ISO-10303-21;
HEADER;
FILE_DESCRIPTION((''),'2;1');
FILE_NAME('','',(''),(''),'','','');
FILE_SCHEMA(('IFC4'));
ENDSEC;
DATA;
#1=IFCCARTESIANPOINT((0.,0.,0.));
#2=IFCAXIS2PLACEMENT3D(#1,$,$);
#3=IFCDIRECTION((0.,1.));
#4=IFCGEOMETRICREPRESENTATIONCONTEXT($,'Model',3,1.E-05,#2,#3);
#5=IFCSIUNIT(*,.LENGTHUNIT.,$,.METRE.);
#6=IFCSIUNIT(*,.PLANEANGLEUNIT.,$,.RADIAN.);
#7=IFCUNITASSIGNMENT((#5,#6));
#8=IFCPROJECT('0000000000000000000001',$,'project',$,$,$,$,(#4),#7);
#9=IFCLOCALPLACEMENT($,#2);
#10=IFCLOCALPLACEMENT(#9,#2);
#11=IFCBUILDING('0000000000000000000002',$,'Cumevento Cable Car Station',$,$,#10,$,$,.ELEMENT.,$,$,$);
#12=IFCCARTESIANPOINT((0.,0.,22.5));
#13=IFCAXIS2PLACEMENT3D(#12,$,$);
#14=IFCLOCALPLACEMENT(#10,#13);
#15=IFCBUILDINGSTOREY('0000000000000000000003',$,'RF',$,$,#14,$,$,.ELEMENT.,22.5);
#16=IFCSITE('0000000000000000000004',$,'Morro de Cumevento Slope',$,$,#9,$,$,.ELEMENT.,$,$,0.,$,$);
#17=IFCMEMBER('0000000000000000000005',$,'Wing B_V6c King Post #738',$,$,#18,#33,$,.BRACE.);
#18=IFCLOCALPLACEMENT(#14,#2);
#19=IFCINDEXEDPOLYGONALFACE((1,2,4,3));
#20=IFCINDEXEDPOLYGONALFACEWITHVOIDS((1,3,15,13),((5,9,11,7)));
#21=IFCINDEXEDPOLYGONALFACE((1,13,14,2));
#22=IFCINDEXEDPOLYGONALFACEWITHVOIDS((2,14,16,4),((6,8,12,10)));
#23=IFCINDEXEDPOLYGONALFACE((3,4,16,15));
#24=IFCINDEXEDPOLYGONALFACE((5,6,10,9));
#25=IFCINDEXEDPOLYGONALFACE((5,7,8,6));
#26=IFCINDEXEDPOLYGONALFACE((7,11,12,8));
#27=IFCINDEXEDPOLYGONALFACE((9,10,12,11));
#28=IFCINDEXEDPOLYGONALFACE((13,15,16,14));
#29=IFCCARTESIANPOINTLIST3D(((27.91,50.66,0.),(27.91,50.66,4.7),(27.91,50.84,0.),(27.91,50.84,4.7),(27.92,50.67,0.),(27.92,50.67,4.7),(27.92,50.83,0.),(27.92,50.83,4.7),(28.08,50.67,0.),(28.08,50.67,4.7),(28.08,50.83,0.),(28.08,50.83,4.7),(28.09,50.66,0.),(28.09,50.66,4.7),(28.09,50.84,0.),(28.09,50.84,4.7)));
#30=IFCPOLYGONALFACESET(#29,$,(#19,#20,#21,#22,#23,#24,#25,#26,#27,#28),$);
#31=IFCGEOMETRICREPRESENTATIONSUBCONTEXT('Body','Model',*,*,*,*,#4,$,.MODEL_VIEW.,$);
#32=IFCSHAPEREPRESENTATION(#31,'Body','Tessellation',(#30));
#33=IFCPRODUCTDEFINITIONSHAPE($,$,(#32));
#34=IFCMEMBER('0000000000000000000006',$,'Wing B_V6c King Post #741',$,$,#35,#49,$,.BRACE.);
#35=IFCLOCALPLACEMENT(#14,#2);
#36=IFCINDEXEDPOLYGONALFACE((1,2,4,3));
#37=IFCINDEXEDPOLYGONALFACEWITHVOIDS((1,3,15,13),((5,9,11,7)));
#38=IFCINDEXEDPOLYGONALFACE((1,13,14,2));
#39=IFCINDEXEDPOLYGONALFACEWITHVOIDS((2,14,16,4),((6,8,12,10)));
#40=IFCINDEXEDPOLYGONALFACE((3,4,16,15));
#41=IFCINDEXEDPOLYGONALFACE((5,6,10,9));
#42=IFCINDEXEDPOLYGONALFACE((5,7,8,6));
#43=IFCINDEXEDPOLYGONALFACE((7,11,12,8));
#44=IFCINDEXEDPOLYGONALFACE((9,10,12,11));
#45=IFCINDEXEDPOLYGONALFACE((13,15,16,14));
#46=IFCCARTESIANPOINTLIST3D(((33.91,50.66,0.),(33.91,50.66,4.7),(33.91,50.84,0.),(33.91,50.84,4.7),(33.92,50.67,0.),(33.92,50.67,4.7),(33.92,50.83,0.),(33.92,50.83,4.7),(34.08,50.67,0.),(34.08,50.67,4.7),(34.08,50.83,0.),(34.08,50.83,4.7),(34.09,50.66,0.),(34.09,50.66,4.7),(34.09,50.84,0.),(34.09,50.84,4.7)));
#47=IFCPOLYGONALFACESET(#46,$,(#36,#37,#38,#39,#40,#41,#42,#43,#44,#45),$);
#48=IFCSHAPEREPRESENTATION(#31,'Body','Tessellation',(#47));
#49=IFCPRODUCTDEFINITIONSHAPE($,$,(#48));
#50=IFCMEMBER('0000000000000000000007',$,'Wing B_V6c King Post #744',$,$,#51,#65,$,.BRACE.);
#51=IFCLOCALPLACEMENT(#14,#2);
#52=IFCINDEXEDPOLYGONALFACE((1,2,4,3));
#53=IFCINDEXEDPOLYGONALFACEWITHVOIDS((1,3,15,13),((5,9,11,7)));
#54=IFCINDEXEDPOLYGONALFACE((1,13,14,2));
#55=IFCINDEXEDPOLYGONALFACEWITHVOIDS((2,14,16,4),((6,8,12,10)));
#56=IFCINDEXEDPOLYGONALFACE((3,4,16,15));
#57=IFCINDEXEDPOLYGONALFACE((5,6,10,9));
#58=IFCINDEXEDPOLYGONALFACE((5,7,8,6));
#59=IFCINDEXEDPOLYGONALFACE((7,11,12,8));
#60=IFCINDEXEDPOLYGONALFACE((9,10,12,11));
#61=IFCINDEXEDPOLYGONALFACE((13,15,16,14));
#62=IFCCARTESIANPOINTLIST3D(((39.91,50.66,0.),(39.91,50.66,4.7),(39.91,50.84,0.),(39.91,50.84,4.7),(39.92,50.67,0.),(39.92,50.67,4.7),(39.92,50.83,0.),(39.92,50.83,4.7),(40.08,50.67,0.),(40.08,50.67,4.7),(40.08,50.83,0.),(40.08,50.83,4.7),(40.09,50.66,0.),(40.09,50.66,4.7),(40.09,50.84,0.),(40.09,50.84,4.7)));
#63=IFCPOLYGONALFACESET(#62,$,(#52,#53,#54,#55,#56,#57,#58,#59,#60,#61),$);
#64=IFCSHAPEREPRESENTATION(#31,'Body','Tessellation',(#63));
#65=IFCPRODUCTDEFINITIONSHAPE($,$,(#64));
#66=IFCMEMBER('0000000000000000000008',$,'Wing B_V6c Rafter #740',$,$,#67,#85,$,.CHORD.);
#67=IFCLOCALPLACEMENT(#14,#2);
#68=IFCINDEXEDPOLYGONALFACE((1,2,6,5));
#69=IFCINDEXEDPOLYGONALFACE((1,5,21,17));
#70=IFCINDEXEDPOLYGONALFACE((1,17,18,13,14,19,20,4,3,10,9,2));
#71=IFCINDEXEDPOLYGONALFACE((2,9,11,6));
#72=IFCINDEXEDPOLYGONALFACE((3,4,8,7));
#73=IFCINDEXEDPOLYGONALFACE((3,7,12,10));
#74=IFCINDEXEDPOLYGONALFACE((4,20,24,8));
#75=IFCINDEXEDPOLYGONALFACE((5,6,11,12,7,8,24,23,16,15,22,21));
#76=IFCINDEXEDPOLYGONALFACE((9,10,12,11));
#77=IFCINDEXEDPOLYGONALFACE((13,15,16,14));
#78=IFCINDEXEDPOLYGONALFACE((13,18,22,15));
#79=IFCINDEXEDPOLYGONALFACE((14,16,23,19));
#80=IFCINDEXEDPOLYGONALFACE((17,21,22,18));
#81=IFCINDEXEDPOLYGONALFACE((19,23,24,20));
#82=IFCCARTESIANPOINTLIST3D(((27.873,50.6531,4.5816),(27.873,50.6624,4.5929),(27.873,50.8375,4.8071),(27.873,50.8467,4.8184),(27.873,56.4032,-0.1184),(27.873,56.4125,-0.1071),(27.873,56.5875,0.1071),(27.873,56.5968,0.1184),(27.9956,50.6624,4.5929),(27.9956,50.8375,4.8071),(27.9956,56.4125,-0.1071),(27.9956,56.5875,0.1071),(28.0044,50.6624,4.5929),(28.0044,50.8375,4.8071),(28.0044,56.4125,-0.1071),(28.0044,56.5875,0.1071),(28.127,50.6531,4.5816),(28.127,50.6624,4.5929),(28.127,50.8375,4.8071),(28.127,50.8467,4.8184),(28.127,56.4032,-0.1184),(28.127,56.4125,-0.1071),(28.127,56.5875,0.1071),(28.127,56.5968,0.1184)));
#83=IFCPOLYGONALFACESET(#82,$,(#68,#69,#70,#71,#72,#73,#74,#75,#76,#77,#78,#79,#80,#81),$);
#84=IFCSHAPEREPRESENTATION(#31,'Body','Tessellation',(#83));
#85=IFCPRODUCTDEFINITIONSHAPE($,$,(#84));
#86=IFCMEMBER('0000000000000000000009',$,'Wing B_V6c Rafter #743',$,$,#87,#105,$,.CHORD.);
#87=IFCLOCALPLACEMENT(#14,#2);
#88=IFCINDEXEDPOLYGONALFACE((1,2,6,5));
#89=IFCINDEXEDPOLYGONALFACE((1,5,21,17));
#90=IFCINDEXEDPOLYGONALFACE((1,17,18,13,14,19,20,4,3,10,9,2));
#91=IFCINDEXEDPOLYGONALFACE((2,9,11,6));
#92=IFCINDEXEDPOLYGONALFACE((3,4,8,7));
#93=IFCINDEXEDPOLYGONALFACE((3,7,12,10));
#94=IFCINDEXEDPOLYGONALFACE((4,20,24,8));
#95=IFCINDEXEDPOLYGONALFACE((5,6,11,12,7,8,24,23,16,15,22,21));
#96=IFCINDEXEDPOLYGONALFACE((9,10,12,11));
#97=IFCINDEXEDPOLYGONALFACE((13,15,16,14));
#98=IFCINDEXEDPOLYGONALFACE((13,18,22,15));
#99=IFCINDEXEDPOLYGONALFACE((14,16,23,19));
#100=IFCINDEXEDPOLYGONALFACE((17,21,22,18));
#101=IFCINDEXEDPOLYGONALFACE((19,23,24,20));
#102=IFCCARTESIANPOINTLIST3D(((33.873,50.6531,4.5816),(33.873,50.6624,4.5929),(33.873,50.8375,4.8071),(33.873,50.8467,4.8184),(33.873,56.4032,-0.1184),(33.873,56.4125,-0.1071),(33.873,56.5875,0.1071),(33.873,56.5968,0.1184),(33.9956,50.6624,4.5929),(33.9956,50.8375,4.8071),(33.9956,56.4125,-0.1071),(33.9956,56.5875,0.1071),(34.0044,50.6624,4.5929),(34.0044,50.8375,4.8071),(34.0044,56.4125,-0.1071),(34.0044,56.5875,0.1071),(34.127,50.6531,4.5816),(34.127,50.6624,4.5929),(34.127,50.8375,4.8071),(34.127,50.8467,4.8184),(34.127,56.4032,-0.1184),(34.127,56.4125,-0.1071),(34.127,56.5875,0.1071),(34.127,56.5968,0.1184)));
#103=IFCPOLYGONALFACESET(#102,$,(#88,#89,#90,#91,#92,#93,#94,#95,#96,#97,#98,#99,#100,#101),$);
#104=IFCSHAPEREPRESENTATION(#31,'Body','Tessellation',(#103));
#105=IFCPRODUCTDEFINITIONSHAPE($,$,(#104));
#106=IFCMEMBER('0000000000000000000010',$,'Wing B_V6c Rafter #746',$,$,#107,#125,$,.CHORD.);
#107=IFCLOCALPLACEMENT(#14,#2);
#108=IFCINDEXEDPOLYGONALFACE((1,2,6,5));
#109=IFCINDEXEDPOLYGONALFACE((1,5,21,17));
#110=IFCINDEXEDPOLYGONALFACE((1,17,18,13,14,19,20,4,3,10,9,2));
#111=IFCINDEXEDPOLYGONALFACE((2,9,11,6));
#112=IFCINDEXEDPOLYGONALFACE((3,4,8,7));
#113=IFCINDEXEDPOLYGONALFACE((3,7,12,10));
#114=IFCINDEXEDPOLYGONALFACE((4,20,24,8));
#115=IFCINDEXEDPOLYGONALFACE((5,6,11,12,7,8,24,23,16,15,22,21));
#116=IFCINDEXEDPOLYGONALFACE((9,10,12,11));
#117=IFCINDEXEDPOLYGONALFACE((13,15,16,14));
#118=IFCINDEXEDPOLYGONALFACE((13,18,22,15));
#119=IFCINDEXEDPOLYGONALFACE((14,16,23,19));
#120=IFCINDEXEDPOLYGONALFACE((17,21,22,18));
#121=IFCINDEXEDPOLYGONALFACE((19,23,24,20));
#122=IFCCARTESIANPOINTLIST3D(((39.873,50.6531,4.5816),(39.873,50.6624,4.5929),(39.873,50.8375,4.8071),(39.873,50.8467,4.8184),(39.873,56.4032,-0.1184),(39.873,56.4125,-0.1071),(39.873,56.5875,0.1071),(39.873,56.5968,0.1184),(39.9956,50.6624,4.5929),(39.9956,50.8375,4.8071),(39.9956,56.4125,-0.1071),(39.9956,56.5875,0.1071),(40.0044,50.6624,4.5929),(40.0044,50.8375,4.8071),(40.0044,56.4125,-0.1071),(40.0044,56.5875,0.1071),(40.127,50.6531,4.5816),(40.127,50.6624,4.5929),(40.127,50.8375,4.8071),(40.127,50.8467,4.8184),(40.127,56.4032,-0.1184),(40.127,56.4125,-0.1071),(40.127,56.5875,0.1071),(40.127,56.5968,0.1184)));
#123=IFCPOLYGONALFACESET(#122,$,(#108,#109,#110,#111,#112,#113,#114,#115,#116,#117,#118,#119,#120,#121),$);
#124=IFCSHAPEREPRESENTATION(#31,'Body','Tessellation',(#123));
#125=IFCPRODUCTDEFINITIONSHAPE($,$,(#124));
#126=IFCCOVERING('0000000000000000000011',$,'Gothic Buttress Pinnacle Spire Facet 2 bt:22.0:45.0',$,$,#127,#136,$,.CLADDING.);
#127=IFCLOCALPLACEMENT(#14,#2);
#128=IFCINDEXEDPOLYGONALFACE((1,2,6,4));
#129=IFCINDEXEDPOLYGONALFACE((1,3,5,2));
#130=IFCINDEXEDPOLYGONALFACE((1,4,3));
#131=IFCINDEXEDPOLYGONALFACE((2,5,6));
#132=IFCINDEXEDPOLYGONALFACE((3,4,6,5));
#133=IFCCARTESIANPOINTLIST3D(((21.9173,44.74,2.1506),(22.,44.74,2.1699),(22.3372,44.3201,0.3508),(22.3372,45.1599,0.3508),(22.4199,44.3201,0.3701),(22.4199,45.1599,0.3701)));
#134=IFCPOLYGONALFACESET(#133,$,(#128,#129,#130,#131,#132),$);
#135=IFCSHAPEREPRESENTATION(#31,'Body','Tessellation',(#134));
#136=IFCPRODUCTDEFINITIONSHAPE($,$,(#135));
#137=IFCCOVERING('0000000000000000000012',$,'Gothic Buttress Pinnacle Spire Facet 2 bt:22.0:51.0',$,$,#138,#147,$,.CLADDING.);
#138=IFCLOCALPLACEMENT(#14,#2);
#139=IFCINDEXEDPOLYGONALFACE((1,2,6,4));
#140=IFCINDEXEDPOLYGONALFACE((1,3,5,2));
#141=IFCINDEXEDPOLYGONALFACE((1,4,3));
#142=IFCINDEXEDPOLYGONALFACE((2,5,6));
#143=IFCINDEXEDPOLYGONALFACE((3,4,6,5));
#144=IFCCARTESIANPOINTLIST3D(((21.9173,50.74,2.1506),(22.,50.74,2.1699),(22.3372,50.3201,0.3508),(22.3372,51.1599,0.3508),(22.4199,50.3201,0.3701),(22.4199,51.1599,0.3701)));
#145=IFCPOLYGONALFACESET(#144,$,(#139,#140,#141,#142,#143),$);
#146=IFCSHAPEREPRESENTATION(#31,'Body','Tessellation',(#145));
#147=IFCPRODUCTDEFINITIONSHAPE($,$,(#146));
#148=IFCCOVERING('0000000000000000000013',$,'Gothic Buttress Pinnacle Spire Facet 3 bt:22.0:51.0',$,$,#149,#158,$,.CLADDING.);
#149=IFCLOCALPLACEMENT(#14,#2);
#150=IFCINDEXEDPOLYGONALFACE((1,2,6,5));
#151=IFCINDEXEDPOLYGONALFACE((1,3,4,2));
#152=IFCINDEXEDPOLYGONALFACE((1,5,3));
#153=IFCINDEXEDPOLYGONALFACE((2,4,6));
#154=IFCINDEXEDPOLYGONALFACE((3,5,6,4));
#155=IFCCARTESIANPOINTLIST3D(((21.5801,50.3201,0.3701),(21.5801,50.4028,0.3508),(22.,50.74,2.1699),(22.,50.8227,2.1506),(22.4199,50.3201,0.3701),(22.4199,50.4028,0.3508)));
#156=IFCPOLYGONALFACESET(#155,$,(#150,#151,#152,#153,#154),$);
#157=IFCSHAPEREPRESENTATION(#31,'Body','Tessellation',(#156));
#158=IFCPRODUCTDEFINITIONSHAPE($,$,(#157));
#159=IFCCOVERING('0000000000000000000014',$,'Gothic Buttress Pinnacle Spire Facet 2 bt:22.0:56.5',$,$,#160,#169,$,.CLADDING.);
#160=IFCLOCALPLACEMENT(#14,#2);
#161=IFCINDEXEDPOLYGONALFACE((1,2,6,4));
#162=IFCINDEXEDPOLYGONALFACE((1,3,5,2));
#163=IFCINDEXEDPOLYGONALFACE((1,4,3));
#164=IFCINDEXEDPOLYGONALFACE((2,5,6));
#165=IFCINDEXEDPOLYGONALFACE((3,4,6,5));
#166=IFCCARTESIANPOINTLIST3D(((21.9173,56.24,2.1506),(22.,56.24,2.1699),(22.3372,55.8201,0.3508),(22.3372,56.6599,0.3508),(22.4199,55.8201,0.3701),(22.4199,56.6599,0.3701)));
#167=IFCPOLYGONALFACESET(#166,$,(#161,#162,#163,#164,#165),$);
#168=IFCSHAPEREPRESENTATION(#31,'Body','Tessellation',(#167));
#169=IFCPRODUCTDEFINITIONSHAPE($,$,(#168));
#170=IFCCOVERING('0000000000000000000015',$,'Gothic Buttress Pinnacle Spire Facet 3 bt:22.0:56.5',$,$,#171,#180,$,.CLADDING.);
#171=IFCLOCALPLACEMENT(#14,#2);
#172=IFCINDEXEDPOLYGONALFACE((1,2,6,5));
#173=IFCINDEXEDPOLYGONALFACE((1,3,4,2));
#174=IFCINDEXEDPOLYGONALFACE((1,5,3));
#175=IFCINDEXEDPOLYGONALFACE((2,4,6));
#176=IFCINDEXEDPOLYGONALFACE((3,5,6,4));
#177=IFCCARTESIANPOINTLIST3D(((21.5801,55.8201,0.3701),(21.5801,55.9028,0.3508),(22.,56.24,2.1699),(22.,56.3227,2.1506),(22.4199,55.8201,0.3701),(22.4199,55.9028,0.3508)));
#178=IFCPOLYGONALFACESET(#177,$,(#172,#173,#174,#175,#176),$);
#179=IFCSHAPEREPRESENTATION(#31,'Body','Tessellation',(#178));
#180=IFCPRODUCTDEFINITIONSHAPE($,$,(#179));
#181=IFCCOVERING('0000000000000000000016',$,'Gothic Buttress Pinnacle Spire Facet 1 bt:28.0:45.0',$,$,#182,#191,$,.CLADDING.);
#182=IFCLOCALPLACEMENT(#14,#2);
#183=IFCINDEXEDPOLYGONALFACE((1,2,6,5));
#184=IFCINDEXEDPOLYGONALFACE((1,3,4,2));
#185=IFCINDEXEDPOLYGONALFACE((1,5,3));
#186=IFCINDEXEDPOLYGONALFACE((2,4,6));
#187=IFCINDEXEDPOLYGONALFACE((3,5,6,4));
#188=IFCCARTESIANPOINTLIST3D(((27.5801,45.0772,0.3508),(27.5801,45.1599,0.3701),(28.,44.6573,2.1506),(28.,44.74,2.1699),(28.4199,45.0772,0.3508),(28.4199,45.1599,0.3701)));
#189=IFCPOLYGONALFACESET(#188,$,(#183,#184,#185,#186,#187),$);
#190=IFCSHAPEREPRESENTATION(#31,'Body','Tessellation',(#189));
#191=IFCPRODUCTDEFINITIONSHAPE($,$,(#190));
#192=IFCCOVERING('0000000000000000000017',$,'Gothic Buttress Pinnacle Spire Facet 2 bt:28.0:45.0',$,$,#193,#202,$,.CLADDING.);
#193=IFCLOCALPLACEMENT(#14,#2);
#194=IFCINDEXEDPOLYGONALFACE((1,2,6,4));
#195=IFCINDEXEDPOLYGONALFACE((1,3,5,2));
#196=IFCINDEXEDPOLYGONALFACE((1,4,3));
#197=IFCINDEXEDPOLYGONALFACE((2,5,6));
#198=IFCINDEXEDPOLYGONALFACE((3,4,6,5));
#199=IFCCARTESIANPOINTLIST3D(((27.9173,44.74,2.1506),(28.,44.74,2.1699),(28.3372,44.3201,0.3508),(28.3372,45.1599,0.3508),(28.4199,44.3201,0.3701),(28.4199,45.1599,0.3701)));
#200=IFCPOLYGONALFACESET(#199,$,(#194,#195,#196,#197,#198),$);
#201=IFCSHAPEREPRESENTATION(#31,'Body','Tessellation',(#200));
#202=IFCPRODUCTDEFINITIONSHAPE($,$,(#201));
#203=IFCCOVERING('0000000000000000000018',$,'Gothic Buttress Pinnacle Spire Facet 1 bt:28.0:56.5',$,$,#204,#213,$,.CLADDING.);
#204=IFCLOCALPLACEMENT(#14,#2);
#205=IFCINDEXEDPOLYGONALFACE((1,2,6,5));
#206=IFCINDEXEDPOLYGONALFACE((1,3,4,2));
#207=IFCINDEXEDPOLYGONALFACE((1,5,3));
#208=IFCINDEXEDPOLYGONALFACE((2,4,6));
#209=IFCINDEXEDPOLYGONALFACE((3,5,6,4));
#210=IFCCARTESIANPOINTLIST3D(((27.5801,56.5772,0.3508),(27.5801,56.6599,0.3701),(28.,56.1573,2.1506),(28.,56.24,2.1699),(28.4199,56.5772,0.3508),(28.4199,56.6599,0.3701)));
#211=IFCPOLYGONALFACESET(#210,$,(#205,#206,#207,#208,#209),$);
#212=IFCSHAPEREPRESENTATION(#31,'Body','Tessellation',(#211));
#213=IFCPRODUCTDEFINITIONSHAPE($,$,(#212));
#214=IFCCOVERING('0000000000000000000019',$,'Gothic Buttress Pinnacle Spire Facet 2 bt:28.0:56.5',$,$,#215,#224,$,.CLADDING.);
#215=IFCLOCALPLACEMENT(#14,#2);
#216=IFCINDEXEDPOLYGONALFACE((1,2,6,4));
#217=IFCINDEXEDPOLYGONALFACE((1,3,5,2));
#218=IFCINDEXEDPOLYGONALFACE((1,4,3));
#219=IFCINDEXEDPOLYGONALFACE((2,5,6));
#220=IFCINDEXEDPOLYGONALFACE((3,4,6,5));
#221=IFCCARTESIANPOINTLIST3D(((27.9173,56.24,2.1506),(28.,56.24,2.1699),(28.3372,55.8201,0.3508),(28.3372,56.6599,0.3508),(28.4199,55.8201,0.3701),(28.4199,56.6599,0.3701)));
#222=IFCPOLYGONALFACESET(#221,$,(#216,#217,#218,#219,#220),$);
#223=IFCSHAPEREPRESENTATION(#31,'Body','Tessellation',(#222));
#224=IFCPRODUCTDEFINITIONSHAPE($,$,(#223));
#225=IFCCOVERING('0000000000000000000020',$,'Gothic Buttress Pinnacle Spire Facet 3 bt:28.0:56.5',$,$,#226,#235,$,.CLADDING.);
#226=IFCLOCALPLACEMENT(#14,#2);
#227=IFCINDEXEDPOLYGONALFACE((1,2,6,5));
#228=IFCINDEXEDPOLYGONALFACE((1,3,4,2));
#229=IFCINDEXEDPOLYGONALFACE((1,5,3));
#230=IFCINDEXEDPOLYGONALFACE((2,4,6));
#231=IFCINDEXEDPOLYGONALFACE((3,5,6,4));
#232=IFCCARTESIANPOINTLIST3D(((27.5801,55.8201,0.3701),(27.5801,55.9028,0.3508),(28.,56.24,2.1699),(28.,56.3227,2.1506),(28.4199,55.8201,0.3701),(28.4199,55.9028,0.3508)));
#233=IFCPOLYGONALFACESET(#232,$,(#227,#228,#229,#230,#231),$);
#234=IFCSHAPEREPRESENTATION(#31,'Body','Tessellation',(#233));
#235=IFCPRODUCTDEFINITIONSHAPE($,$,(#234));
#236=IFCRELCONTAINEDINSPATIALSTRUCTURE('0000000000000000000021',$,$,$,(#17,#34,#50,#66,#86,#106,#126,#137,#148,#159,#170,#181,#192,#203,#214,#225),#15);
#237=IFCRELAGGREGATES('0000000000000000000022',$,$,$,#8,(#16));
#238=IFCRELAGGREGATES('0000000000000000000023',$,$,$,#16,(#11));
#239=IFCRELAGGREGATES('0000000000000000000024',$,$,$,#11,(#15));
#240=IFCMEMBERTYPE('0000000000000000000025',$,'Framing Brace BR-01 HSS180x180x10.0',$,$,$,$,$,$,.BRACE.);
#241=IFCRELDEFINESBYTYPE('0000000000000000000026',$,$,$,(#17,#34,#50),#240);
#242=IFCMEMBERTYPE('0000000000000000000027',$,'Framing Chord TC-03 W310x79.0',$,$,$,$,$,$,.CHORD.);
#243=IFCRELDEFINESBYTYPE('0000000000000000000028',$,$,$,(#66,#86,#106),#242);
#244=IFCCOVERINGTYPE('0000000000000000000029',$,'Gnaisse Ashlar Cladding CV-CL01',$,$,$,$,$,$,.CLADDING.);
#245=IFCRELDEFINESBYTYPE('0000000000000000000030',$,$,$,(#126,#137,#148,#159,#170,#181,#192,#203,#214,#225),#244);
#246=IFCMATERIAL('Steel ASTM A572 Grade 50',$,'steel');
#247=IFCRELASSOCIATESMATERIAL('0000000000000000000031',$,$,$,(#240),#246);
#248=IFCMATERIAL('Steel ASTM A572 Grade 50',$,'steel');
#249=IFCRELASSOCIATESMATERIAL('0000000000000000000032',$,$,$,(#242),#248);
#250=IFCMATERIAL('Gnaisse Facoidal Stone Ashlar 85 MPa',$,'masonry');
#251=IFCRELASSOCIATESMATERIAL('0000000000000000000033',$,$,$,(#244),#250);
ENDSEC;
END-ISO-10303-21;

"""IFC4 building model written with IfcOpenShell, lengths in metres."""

from ifc_helpers import new_model, si_unit, direction, frame, origin, origin_2d, place, context, subcontext, project, spatial, polyline, hollow_rectangle, i_section, outline, extrude, material, material_profile, profile_set, type_object, element, save


model = new_model("IFC4")

# Units and contexts
model_context = context("Model", 3, precision=1e-05, world=origin(), true_north=direction((0.0, 1.0)))
body_context = subcontext(model_context, "Body", "Model", "MODEL_VIEW")
ifc_project = project(units=[si_unit("LENGTHUNIT", "METRE"), si_unit("PLANEANGLEUNIT", "RADIAN")], contexts=[model_context])

# Site, building, storey
site_placement = place(None, origin())
site = spatial("IfcSite", under=ifc_project, at=site_placement, Name="Morro de Cumevento Slope", CompositionType="ELEMENT", RefElevation=0.0)
building_placement = place(site_placement, origin())
building = spatial("IfcBuilding", under=site, at=building_placement, Name="Cumevento Cable Car Station", CompositionType="ELEMENT")
storey_placement = place(building_placement, frame((0.0, 0.0, 22.5)))
storey = spatial("IfcBuildingStorey", under=building, at=storey_placement, Name="RF", CompositionType="ELEMENT", Elevation=22.5)

# Members
ifc_material_1 = material(Name="Steel ASTM A572 Grade 50", Category="steel")
ifc_material_profile_1 = material_profile(ifc_material_1, hollow_rectangle(XDim=0.1799, YDim=0.1799, WallThickness=0.01, at=origin_2d()), Name="HSS180x180x10.0")
ifc_profile_set_1 = profile_set([ifc_material_profile_1], Name="Steel ASTM A572 Grade 50")
member_type_1 = type_object("IfcMemberType", Name="Framing Brace BR-01 HSS180x180x10.0", PredefinedType="BRACE", material=ifc_profile_set_1)
for number, where, z_axis, x_axis, name in (
    (1, (28.0, 50.75, 0.0), (0.0, 0.0, 1.0), (1.0, 0.0, 0.0), "Wing B_V6c King Post #738"),
    (2, (34.0, 50.75, 0.0), (0.0, 0.0, 1.0), (1.0, 0.0, 0.0), "Wing B_V6c King Post #741"),
    (3, (40.0, 50.75, 0.0), (0.0, 0.0, 1.0), (1.0, 0.0, 0.0), "Wing B_V6c King Post #744"),
):
    element("IfcMember", number, at=place(storey_placement, frame(where, z_axis=z_axis, x_axis=x_axis)), inside=storey, type_object=member_type_1, Name=name, PredefinedType="BRACE", context=body_context, shape_type="SweptSolid", body=[
        extrude(hollow_rectangle(XDim=0.1799, YDim=0.1799, WallThickness=0.01, at=origin_2d()), origin(), (0.0, 0.0, 1.0), 4.7),
    ])
ifc_material_2 = material(Name="Steel ASTM A572 Grade 50", Category="steel")
ifc_material_profile_2 = material_profile(ifc_material_2, i_section(OverallWidth=0.2539, OverallDepth=0.3059, WebThickness=0.0088, FlangeThickness=0.0146, at=origin_2d()), Name="W310x79.0")
ifc_profile_set_2 = profile_set([ifc_material_profile_2], Name="Steel ASTM A572 Grade 50")
member_type_2 = type_object("IfcMemberType", Name="Framing Chord TC-03 W310x79.0", PredefinedType="CHORD", material=ifc_profile_set_2)
for number, where, z_axis, x_axis, name in (
    (4, (28.0, 56.5, 0.0), (0.0, -0.77426, 0.632867), (1.0, 0.0, 0.0), "Wing B_V6c Rafter #740"),
    (5, (34.0, 56.5, 0.0), (0.0, -0.77426, 0.632867), (1.0, 0.0, 0.0), "Wing B_V6c Rafter #743"),
    (6, (40.0, 56.5, 0.0), (0.0, -0.77426, 0.632867), (1.0, 0.0, 0.0), "Wing B_V6c Rafter #746"),
):
    element("IfcMember", number, at=place(storey_placement, frame(where, z_axis=z_axis, x_axis=x_axis)), inside=storey, type_object=member_type_2, Name=name, PredefinedType="CHORD", context=body_context, shape_type="SweptSolid", body=[
        extrude(i_section(OverallWidth=0.2539, OverallDepth=0.3059, WebThickness=0.0088, FlangeThickness=0.0146, at=origin_2d()), origin(), (0.0, 0.0, 1.0), 7.4265),
    ])

# Coverings
ifc_material_3 = material(Name="Gnaisse Facoidal Stone Ashlar 85 MPa", Category="masonry")
covering_type = type_object("IfcCoveringType", Name="Gnaisse Ashlar Cladding CV-CL01", PredefinedType="CLADDING", material=ifc_material_3)
for number, where, z_axis, x_axis, name in (
    (7, (22.4199, 45.1599, 0.3701), (0.973845, 0.0, 0.227213), (0.0, -1.0, 0.0), "Gothic Buttress Pinnacle Spire Facet 2 bt:22.0:45.0"),
    (8, (22.4199, 51.1599, 0.3701), (0.973845, 0.0, 0.227213), (0.0, -1.0, 0.0), "Gothic Buttress Pinnacle Spire Facet 2 bt:22.0:51.0"),
    (9, (22.4199, 50.3201, 0.3701), (0.0, -0.973845, 0.227213), (-1.0, 0.0, 0.0), "Gothic Buttress Pinnacle Spire Facet 3 bt:22.0:51.0"),
    (10, (22.4199, 56.6599, 0.3701), (0.973845, 0.0, 0.227213), (0.0, -1.0, 0.0), "Gothic Buttress Pinnacle Spire Facet 2 bt:22.0:56.5"),
    (11, (22.4199, 55.8201, 0.3701), (0.0, -0.973845, 0.227213), (-1.0, 0.0, 0.0), "Gothic Buttress Pinnacle Spire Facet 3 bt:22.0:56.5"),
    (12, (27.5801, 45.1599, 0.3701), (0.0, 0.973845, 0.227213), (1.0, 0.0, 0.0), "Gothic Buttress Pinnacle Spire Facet 1 bt:28.0:45.0"),
    (13, (28.4199, 45.1599, 0.3701), (0.973845, 0.0, 0.227213), (0.0, -1.0, 0.0), "Gothic Buttress Pinnacle Spire Facet 2 bt:28.0:45.0"),
    (14, (27.5801, 56.6599, 0.3701), (0.0, 0.973845, 0.227213), (1.0, 0.0, 0.0), "Gothic Buttress Pinnacle Spire Facet 1 bt:28.0:56.5"),
    (15, (28.4199, 56.6599, 0.3701), (0.973845, 0.0, 0.227213), (0.0, -1.0, 0.0), "Gothic Buttress Pinnacle Spire Facet 2 bt:28.0:56.5"),
    (16, (28.4199, 55.8201, 0.3701), (0.0, -0.973845, 0.227213), (-1.0, 0.0, 0.0), "Gothic Buttress Pinnacle Spire Facet 3 bt:28.0:56.5"),
):
    element("IfcCovering", number, at=place(storey_placement, frame(where, z_axis=z_axis, x_axis=x_axis)), inside=storey, type_object=covering_type, Name=name, PredefinedType="CLADDING", context=body_context, shape_type="SweptSolid", body=[
        extrude(outline(polyline([(0.0, 0.0), (0.8398, 0.0), (0.4199, -1.8481), (0.0, 0.0)])), origin(), (0.0, 0.0, -1.0), 0.085),
    ])

save(model, "model.ifc")
